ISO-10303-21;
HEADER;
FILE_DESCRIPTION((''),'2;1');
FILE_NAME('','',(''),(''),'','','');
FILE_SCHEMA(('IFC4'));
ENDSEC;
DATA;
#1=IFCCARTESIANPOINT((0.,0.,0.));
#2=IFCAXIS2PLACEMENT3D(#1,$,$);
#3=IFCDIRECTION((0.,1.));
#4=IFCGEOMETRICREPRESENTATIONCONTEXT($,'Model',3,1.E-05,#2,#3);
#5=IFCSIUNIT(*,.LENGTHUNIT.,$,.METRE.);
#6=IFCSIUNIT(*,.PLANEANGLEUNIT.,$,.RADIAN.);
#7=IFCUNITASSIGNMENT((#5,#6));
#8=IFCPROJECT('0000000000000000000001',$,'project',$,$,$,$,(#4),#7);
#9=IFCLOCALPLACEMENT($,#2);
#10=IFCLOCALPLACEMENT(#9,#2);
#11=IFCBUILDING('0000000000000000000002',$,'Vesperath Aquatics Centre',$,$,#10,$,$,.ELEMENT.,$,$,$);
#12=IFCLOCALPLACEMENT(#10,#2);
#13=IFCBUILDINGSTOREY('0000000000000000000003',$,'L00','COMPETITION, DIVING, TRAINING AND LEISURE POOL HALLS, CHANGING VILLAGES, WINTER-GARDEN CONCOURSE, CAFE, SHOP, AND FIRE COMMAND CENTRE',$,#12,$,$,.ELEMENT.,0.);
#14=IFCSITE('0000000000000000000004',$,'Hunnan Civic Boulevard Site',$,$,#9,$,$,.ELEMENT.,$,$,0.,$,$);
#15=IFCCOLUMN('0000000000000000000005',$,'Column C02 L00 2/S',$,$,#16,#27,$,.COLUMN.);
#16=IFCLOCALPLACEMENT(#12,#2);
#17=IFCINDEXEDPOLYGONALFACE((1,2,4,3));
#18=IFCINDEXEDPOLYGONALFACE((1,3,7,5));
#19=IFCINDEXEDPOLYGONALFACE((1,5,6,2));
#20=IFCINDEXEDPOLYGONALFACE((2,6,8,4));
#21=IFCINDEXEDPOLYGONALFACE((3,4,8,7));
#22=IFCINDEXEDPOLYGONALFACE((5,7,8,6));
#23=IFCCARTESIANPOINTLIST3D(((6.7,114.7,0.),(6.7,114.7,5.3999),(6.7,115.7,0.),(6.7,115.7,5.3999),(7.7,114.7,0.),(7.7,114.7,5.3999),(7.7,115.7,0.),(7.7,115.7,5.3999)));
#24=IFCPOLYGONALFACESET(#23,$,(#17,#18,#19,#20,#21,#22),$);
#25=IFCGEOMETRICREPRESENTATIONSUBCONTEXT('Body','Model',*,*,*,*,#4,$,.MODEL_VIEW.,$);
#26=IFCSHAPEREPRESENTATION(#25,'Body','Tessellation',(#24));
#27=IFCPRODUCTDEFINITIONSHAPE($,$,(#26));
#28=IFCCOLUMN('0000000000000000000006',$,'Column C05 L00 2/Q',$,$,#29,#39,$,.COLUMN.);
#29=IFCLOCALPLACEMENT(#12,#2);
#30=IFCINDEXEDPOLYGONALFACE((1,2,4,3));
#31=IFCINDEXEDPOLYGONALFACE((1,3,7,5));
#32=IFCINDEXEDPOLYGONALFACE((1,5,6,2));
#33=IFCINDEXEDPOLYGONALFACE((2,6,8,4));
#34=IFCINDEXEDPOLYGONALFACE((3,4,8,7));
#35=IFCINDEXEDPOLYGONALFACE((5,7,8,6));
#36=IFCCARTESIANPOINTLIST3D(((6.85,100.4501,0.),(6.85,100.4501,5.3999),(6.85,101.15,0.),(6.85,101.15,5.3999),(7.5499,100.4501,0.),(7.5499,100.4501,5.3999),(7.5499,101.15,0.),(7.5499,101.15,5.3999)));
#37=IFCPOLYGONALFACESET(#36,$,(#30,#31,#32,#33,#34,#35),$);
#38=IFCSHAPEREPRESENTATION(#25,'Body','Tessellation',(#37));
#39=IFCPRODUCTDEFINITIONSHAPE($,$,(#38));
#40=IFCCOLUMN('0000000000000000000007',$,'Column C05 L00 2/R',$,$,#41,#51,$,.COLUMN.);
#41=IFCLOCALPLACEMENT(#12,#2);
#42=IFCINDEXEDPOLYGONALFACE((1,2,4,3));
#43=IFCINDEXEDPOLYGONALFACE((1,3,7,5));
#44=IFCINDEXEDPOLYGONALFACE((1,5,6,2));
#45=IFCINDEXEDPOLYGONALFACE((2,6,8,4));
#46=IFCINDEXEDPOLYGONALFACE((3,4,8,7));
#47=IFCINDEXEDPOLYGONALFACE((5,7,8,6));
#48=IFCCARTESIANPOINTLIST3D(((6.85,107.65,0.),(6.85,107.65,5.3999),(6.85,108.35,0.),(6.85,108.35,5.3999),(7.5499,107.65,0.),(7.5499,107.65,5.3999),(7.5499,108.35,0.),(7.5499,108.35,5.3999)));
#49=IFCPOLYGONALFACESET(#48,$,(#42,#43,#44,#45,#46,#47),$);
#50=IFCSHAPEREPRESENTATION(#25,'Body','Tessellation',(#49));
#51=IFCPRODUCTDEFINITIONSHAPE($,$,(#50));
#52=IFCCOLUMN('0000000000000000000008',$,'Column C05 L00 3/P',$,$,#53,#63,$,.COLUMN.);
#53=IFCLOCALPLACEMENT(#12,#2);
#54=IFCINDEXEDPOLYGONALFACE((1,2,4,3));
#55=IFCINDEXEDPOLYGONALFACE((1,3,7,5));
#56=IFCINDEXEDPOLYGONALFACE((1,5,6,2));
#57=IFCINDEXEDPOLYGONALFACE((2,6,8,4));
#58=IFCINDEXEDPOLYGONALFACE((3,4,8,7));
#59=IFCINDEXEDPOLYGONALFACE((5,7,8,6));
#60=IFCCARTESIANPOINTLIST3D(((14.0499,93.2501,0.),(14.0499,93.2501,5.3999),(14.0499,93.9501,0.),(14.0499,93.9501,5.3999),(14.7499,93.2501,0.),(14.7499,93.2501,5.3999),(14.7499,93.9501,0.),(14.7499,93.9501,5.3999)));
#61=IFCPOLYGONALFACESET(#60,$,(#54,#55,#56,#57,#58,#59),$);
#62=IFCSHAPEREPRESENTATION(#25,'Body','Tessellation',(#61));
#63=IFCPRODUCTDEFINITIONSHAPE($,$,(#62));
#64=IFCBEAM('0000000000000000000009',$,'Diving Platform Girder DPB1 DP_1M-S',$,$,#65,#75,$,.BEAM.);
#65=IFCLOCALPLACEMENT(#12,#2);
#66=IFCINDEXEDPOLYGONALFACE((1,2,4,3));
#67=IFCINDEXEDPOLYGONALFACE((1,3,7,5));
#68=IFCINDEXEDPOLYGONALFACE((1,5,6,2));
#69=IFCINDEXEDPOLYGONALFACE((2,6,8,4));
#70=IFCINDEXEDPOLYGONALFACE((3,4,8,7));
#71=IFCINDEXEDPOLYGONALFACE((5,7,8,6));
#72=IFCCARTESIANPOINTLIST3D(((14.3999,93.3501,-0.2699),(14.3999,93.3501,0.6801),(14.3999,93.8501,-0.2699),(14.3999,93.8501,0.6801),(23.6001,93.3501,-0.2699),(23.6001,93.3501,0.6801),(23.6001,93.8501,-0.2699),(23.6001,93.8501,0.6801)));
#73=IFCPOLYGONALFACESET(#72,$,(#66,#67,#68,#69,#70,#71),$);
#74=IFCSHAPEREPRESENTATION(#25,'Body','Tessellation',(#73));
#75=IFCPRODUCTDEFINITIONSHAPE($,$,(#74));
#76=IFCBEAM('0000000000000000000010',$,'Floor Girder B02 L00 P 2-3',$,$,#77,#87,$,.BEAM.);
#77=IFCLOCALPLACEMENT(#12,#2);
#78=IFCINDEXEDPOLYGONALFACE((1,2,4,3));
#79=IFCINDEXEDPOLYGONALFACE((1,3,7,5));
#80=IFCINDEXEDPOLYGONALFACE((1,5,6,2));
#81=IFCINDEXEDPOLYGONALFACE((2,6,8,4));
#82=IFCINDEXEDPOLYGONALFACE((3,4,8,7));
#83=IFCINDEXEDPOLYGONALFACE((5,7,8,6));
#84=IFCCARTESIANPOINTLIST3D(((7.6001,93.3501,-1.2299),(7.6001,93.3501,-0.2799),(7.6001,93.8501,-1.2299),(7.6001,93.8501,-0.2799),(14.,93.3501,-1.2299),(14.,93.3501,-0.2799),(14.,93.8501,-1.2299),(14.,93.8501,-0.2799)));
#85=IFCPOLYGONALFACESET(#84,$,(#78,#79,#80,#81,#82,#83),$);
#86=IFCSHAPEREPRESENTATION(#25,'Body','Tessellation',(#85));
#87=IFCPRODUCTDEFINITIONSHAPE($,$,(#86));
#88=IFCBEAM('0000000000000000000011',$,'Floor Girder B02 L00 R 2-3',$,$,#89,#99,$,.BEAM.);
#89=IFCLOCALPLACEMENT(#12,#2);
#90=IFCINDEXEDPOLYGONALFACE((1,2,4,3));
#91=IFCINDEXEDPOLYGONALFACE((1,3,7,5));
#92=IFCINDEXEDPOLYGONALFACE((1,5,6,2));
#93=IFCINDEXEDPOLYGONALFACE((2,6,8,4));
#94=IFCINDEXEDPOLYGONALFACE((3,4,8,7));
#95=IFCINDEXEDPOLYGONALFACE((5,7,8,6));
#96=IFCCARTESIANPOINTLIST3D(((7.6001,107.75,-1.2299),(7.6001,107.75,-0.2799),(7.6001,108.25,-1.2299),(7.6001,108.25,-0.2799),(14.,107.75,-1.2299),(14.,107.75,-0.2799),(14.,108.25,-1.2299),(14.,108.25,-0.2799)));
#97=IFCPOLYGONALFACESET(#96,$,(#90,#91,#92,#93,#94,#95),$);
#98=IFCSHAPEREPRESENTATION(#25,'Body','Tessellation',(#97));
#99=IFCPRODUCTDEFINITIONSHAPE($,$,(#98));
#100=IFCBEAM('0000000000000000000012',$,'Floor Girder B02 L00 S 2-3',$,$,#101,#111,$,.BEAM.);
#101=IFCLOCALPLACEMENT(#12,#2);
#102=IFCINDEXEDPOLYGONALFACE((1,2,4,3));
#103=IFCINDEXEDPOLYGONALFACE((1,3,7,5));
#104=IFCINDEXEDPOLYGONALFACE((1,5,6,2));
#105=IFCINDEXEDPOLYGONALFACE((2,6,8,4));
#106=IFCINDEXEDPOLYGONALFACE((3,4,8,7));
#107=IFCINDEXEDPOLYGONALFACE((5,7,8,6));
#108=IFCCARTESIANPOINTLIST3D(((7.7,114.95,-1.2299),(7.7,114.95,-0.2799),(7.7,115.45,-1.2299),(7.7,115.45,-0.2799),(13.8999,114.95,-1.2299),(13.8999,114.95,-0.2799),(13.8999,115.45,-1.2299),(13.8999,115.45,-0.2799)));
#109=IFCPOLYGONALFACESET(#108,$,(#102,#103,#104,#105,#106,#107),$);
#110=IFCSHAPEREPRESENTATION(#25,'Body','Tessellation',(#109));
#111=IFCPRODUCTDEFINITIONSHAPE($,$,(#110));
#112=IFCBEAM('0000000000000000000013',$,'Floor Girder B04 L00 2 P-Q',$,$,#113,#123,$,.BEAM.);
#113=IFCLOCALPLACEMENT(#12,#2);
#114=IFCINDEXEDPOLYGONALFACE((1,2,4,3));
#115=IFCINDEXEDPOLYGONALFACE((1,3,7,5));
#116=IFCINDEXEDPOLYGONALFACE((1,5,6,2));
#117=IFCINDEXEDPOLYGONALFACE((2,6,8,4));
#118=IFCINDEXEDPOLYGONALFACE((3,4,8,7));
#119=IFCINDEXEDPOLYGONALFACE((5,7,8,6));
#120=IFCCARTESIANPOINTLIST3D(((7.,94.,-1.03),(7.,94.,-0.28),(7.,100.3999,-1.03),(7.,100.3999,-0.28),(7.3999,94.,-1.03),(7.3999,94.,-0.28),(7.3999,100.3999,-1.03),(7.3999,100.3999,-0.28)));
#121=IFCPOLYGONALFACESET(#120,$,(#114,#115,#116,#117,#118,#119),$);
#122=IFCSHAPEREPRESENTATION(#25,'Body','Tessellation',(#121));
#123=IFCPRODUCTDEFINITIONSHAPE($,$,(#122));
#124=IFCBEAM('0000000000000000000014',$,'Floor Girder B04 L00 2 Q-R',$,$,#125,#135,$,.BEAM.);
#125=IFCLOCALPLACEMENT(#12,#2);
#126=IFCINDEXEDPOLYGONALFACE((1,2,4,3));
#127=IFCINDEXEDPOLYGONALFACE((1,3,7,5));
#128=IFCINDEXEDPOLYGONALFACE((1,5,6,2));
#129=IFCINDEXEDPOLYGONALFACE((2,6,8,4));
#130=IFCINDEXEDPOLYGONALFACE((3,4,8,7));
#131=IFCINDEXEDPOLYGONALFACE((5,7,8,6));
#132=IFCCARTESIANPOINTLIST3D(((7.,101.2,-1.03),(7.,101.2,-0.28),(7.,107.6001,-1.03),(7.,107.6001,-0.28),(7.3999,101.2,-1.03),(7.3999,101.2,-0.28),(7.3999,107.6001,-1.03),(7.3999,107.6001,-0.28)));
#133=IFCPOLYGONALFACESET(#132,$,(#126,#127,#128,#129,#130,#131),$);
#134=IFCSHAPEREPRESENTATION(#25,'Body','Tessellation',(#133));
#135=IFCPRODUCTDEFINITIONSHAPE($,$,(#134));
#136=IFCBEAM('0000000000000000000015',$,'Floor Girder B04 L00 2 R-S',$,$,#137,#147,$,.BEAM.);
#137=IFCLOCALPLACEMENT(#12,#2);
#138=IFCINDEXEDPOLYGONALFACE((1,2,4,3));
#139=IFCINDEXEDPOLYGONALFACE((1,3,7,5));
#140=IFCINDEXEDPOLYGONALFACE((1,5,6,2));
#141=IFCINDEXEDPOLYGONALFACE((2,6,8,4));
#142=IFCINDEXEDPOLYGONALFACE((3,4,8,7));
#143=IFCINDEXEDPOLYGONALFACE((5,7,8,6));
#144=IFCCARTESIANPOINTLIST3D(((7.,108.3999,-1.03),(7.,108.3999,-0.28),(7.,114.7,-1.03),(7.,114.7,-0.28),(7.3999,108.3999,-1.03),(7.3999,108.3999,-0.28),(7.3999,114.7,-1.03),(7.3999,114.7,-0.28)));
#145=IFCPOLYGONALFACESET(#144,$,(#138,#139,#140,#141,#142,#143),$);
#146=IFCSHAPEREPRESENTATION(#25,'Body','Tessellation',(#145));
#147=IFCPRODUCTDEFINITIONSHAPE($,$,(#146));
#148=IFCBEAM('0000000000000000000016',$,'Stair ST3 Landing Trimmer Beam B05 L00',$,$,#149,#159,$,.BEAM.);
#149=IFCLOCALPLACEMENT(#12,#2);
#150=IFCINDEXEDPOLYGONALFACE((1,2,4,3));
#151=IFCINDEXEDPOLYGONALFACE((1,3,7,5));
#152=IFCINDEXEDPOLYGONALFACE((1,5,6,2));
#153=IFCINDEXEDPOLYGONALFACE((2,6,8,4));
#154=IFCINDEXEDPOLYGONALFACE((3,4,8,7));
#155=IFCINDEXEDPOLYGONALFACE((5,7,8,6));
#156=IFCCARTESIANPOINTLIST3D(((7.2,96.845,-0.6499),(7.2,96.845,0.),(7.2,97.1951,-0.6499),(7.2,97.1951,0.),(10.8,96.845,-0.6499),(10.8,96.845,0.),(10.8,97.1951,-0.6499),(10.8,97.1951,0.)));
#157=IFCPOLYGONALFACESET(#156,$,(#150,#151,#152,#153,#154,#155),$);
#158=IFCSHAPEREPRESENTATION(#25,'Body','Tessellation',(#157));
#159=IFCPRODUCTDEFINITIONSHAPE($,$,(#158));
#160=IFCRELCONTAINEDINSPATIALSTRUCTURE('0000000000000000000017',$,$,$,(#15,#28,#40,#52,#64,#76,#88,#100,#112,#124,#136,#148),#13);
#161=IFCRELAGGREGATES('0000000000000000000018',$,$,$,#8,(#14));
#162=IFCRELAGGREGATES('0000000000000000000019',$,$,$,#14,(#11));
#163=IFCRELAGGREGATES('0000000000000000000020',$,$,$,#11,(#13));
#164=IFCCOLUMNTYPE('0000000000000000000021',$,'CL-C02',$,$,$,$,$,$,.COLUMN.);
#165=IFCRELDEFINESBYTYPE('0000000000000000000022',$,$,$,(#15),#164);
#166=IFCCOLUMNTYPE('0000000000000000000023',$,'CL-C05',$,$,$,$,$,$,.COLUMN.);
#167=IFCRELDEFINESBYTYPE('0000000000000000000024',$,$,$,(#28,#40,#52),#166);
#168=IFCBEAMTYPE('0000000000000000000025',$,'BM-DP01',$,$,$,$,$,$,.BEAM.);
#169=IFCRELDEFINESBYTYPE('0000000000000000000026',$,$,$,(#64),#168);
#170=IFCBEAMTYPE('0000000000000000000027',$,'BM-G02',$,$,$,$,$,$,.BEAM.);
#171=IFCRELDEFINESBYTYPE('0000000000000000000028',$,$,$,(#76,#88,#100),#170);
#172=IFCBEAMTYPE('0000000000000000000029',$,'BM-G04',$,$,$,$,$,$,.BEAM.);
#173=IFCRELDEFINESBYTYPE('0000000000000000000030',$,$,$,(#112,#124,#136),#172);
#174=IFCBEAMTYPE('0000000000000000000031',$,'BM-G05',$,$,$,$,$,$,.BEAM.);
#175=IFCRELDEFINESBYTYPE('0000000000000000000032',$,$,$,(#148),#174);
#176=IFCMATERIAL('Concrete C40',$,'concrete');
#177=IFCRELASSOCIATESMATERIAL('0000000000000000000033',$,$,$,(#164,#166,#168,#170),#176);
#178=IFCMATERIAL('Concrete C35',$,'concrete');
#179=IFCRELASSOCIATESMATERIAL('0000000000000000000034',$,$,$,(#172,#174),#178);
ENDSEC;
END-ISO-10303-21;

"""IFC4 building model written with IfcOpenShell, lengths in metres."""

from ifc_helpers import new_model, si_unit, direction, frame, origin, origin_2d, place, context, subcontext, project, spatial, rectangle, extrude, material, material_profile, profile_set, type_object, element, save


model = new_model("IFC4")

# Units and contexts
model_context = context("Model", 3, precision=1e-05, world=origin(), true_north=direction((0.0, 1.0)))
body_context = subcontext(model_context, "Body", "Model", "MODEL_VIEW")
ifc_project = project(units=[si_unit("LENGTHUNIT", "METRE"), si_unit("PLANEANGLEUNIT", "RADIAN")], contexts=[model_context])

# Site, building, storey
site_placement = place(None, origin())
site = spatial("IfcSite", under=ifc_project, at=site_placement, Name="Hunnan Civic Boulevard Site", CompositionType="ELEMENT", RefElevation=0.0)
building_placement = place(site_placement, origin())
building = spatial("IfcBuilding", under=site, at=building_placement, Name="Vesperath Aquatics Centre", CompositionType="ELEMENT")
storey_placement = place(building_placement, origin())
storey = spatial("IfcBuildingStorey", under=building, at=storey_placement, Name="L00", Description="COMPETITION, DIVING, TRAINING AND LEISURE POOL HALLS, CHANGING VILLAGES, WINTER-GARDEN CONCOURSE, CAFE, SHOP, AND FIRE COMMAND CENTRE", CompositionType="ELEMENT", Elevation=0.0)

# Columns
ifc_material_1 = material(Name="Concrete C40", Category="concrete")
ifc_material_profile_1 = material_profile(ifc_material_1, rectangle(XDim=1.0, YDim=1.0, at=origin_2d()), Name="RC 1000x1000")
ifc_profile_set_1 = profile_set([ifc_material_profile_1], Name="Concrete C40")
column_type_1 = type_object("IfcColumnType", Name="CL-C02", PredefinedType="COLUMN", material=ifc_profile_set_1)
column_placement = place(storey_placement, frame((7.2, 115.2, 0.0), z_axis=(0.0, 0.0, 1.0), x_axis=(1.0, 0.0, 0.0)))
element("IfcColumn", 1, at=column_placement, inside=storey, type_object=column_type_1, Name="Column C02 L00 2/S", PredefinedType="COLUMN", context=body_context, shape_type="SweptSolid", body=[
    extrude(rectangle(XDim=1.0, YDim=1.0, at=origin_2d()), origin(), (0.0, 0.0, 1.0), 5.3999),
])
ifc_material_profile_2 = material_profile(ifc_material_1, rectangle(XDim=0.7, YDim=0.7, at=origin_2d()), Name="RC 700x700")
ifc_profile_set_2 = profile_set([ifc_material_profile_2], Name="Concrete C40")
column_type_2 = type_object("IfcColumnType", Name="CL-C05", PredefinedType="COLUMN", material=ifc_profile_set_2)
for number, where, z_axis, x_axis, name in (
    (2, (7.2, 100.8, 0.0), (0.0, 0.0, 1.0), (1.0, 0.0, 0.0), "Column C05 L00 2/Q"),
    (3, (7.2, 108.0, 0.0), (0.0, 0.0, 1.0), (1.0, 0.0, 0.0), "Column C05 L00 2/R"),
    (4, (14.3999, 93.6001, 0.0), (0.0, 0.0, 1.0), (1.0, 0.0, 0.0), "Column C05 L00 3/P"),
):
    element("IfcColumn", number, at=place(storey_placement, frame(where, z_axis=z_axis, x_axis=x_axis)), inside=storey, type_object=column_type_2, Name=name, PredefinedType="COLUMN", context=body_context, shape_type="SweptSolid", body=[
        extrude(rectangle(XDim=0.7, YDim=0.7, at=origin_2d()), origin(), (0.0, 0.0, 1.0), 5.3999),
    ])

# Beams
ifc_material_profile_3 = material_profile(ifc_material_1, rectangle(XDim=0.5, YDim=0.95, at=origin_2d()), Name="RC 500x950")
ifc_profile_set_3 = profile_set([ifc_material_profile_3], Name="Concrete C40")
beam_type_1 = type_object("IfcBeamType", Name="BM-DP01", PredefinedType="BEAM", material=ifc_profile_set_3)
beam_1_placement = place(storey_placement, frame((14.3999, 93.6001, 0.2051), z_axis=(1.0, 0.0, 0.0), x_axis=(0.0, 1.0, 0.0)))
element("IfcBeam", 5, at=beam_1_placement, inside=storey, type_object=beam_type_1, Name="Diving Platform Girder DPB1 DP_1M-S", PredefinedType="BEAM", context=body_context, shape_type="SweptSolid", body=[
    extrude(rectangle(XDim=0.5, YDim=0.95, at=origin_2d()), origin(), (0.0, 0.0, 1.0), 9.2002),
])
ifc_material_profile_4 = material_profile(ifc_material_1, rectangle(XDim=0.5, YDim=0.95, at=origin_2d()), Name="RC 500x950")
ifc_profile_set_4 = profile_set([ifc_material_profile_4], Name="Concrete C40")
beam_type_2 = type_object("IfcBeamType", Name="BM-G02", PredefinedType="BEAM", material=ifc_profile_set_4)
for number, where, z_axis, x_axis, name in (
    (6, (7.6001, 93.6001, -0.7549), (1.0, 0.0, 0.0), (0.0, 1.0, 0.0), "Floor Girder B02 L00 P 2-3"),
    (7, (7.6001, 108.0, -0.7549), (1.0, 0.0, 0.0), (0.0, 1.0, 0.0), "Floor Girder B02 L00 R 2-3"),
):
    element("IfcBeam", number, at=place(storey_placement, frame(where, z_axis=z_axis, x_axis=x_axis)), inside=storey, type_object=beam_type_2, Name=name, PredefinedType="BEAM", context=body_context, shape_type="SweptSolid", body=[
        extrude(rectangle(XDim=0.5, YDim=0.95, at=origin_2d()), origin(), (0.0, 0.0, 1.0), 6.3999),
    ])
beam_2_placement = place(storey_placement, frame((7.7, 115.2, -0.7549), z_axis=(1.0, 0.0, 0.0), x_axis=(0.0, 1.0, 0.0)))
element("IfcBeam", 8, at=beam_2_placement, inside=storey, type_object=beam_type_2, Name="Floor Girder B02 L00 S 2-3", PredefinedType="BEAM", context=body_context, shape_type="SweptSolid", body=[
    extrude(rectangle(XDim=0.5, YDim=0.95, at=origin_2d()), origin(), (0.0, 0.0, 1.0), 6.2),
])
ifc_material_2 = material(Name="Concrete C35", Category="concrete")
ifc_material_profile_5 = material_profile(ifc_material_2, rectangle(XDim=0.3999, YDim=0.75, at=origin_2d()), Name="RC 400x750")
ifc_profile_set_5 = profile_set([ifc_material_profile_5], Name="Concrete C35")
beam_type_3 = type_object("IfcBeamType", Name="BM-G04", PredefinedType="BEAM", material=ifc_profile_set_5)
beam_3_placement = place(storey_placement, frame((7.2, 94.0, -0.655), z_axis=(0.0, 1.0, 0.0), x_axis=(-1.0, 0.0, 0.0)))
element("IfcBeam", 9, at=beam_3_placement, inside=storey, type_object=beam_type_3, Name="Floor Girder B04 L00 2 P-Q", PredefinedType="BEAM", context=body_context, shape_type="SweptSolid", body=[
    extrude(rectangle(XDim=0.3999, YDim=0.75, at=origin_2d()), origin(), (0.0, 0.0, 1.0), 6.3999),
])
beam_4_placement = place(storey_placement, frame((7.2, 101.2, -0.655), z_axis=(0.0, 1.0, 0.0), x_axis=(-1.0, 0.0, 0.0)))
element("IfcBeam", 10, at=beam_4_placement, inside=storey, type_object=beam_type_3, Name="Floor Girder B04 L00 2 Q-R", PredefinedType="BEAM", context=body_context, shape_type="SweptSolid", body=[
    extrude(rectangle(XDim=0.3999, YDim=0.75, at=origin_2d()), origin(), (0.0, 0.0, 1.0), 6.4001),
])
beam_5_placement = place(storey_placement, frame((7.2, 108.3999, -0.655), z_axis=(0.0, 1.0, 0.0), x_axis=(-1.0, 0.0, 0.0)))
element("IfcBeam", 11, at=beam_5_placement, inside=storey, type_object=beam_type_3, Name="Floor Girder B04 L00 2 R-S", PredefinedType="BEAM", context=body_context, shape_type="SweptSolid", body=[
    extrude(rectangle(XDim=0.3999, YDim=0.75, at=origin_2d()), origin(), (0.0, 0.0, 1.0), 6.3),
])
ifc_material_profile_6 = material_profile(ifc_material_2, rectangle(XDim=0.3501, YDim=0.6499, at=origin_2d()), Name="RC 350x650")
ifc_profile_set_6 = profile_set([ifc_material_profile_6], Name="Concrete C35")
beam_type_4 = type_object("IfcBeamType", Name="BM-G05", PredefinedType="BEAM", material=ifc_profile_set_6)
beam_6_placement = place(storey_placement, frame((7.2, 97.02, -0.325), z_axis=(1.0, 0.0, 0.0), x_axis=(0.0, 1.0, 0.0)))
element("IfcBeam", 12, at=beam_6_placement, inside=storey, type_object=beam_type_4, Name="Stair ST3 Landing Trimmer Beam B05 L00", PredefinedType="BEAM", context=body_context, shape_type="SweptSolid", body=[
    extrude(rectangle(XDim=0.3501, YDim=0.6499, at=origin_2d()), origin(), (0.0, 0.0, 1.0), 3.6001),
])

save(model, "model.ifc")
